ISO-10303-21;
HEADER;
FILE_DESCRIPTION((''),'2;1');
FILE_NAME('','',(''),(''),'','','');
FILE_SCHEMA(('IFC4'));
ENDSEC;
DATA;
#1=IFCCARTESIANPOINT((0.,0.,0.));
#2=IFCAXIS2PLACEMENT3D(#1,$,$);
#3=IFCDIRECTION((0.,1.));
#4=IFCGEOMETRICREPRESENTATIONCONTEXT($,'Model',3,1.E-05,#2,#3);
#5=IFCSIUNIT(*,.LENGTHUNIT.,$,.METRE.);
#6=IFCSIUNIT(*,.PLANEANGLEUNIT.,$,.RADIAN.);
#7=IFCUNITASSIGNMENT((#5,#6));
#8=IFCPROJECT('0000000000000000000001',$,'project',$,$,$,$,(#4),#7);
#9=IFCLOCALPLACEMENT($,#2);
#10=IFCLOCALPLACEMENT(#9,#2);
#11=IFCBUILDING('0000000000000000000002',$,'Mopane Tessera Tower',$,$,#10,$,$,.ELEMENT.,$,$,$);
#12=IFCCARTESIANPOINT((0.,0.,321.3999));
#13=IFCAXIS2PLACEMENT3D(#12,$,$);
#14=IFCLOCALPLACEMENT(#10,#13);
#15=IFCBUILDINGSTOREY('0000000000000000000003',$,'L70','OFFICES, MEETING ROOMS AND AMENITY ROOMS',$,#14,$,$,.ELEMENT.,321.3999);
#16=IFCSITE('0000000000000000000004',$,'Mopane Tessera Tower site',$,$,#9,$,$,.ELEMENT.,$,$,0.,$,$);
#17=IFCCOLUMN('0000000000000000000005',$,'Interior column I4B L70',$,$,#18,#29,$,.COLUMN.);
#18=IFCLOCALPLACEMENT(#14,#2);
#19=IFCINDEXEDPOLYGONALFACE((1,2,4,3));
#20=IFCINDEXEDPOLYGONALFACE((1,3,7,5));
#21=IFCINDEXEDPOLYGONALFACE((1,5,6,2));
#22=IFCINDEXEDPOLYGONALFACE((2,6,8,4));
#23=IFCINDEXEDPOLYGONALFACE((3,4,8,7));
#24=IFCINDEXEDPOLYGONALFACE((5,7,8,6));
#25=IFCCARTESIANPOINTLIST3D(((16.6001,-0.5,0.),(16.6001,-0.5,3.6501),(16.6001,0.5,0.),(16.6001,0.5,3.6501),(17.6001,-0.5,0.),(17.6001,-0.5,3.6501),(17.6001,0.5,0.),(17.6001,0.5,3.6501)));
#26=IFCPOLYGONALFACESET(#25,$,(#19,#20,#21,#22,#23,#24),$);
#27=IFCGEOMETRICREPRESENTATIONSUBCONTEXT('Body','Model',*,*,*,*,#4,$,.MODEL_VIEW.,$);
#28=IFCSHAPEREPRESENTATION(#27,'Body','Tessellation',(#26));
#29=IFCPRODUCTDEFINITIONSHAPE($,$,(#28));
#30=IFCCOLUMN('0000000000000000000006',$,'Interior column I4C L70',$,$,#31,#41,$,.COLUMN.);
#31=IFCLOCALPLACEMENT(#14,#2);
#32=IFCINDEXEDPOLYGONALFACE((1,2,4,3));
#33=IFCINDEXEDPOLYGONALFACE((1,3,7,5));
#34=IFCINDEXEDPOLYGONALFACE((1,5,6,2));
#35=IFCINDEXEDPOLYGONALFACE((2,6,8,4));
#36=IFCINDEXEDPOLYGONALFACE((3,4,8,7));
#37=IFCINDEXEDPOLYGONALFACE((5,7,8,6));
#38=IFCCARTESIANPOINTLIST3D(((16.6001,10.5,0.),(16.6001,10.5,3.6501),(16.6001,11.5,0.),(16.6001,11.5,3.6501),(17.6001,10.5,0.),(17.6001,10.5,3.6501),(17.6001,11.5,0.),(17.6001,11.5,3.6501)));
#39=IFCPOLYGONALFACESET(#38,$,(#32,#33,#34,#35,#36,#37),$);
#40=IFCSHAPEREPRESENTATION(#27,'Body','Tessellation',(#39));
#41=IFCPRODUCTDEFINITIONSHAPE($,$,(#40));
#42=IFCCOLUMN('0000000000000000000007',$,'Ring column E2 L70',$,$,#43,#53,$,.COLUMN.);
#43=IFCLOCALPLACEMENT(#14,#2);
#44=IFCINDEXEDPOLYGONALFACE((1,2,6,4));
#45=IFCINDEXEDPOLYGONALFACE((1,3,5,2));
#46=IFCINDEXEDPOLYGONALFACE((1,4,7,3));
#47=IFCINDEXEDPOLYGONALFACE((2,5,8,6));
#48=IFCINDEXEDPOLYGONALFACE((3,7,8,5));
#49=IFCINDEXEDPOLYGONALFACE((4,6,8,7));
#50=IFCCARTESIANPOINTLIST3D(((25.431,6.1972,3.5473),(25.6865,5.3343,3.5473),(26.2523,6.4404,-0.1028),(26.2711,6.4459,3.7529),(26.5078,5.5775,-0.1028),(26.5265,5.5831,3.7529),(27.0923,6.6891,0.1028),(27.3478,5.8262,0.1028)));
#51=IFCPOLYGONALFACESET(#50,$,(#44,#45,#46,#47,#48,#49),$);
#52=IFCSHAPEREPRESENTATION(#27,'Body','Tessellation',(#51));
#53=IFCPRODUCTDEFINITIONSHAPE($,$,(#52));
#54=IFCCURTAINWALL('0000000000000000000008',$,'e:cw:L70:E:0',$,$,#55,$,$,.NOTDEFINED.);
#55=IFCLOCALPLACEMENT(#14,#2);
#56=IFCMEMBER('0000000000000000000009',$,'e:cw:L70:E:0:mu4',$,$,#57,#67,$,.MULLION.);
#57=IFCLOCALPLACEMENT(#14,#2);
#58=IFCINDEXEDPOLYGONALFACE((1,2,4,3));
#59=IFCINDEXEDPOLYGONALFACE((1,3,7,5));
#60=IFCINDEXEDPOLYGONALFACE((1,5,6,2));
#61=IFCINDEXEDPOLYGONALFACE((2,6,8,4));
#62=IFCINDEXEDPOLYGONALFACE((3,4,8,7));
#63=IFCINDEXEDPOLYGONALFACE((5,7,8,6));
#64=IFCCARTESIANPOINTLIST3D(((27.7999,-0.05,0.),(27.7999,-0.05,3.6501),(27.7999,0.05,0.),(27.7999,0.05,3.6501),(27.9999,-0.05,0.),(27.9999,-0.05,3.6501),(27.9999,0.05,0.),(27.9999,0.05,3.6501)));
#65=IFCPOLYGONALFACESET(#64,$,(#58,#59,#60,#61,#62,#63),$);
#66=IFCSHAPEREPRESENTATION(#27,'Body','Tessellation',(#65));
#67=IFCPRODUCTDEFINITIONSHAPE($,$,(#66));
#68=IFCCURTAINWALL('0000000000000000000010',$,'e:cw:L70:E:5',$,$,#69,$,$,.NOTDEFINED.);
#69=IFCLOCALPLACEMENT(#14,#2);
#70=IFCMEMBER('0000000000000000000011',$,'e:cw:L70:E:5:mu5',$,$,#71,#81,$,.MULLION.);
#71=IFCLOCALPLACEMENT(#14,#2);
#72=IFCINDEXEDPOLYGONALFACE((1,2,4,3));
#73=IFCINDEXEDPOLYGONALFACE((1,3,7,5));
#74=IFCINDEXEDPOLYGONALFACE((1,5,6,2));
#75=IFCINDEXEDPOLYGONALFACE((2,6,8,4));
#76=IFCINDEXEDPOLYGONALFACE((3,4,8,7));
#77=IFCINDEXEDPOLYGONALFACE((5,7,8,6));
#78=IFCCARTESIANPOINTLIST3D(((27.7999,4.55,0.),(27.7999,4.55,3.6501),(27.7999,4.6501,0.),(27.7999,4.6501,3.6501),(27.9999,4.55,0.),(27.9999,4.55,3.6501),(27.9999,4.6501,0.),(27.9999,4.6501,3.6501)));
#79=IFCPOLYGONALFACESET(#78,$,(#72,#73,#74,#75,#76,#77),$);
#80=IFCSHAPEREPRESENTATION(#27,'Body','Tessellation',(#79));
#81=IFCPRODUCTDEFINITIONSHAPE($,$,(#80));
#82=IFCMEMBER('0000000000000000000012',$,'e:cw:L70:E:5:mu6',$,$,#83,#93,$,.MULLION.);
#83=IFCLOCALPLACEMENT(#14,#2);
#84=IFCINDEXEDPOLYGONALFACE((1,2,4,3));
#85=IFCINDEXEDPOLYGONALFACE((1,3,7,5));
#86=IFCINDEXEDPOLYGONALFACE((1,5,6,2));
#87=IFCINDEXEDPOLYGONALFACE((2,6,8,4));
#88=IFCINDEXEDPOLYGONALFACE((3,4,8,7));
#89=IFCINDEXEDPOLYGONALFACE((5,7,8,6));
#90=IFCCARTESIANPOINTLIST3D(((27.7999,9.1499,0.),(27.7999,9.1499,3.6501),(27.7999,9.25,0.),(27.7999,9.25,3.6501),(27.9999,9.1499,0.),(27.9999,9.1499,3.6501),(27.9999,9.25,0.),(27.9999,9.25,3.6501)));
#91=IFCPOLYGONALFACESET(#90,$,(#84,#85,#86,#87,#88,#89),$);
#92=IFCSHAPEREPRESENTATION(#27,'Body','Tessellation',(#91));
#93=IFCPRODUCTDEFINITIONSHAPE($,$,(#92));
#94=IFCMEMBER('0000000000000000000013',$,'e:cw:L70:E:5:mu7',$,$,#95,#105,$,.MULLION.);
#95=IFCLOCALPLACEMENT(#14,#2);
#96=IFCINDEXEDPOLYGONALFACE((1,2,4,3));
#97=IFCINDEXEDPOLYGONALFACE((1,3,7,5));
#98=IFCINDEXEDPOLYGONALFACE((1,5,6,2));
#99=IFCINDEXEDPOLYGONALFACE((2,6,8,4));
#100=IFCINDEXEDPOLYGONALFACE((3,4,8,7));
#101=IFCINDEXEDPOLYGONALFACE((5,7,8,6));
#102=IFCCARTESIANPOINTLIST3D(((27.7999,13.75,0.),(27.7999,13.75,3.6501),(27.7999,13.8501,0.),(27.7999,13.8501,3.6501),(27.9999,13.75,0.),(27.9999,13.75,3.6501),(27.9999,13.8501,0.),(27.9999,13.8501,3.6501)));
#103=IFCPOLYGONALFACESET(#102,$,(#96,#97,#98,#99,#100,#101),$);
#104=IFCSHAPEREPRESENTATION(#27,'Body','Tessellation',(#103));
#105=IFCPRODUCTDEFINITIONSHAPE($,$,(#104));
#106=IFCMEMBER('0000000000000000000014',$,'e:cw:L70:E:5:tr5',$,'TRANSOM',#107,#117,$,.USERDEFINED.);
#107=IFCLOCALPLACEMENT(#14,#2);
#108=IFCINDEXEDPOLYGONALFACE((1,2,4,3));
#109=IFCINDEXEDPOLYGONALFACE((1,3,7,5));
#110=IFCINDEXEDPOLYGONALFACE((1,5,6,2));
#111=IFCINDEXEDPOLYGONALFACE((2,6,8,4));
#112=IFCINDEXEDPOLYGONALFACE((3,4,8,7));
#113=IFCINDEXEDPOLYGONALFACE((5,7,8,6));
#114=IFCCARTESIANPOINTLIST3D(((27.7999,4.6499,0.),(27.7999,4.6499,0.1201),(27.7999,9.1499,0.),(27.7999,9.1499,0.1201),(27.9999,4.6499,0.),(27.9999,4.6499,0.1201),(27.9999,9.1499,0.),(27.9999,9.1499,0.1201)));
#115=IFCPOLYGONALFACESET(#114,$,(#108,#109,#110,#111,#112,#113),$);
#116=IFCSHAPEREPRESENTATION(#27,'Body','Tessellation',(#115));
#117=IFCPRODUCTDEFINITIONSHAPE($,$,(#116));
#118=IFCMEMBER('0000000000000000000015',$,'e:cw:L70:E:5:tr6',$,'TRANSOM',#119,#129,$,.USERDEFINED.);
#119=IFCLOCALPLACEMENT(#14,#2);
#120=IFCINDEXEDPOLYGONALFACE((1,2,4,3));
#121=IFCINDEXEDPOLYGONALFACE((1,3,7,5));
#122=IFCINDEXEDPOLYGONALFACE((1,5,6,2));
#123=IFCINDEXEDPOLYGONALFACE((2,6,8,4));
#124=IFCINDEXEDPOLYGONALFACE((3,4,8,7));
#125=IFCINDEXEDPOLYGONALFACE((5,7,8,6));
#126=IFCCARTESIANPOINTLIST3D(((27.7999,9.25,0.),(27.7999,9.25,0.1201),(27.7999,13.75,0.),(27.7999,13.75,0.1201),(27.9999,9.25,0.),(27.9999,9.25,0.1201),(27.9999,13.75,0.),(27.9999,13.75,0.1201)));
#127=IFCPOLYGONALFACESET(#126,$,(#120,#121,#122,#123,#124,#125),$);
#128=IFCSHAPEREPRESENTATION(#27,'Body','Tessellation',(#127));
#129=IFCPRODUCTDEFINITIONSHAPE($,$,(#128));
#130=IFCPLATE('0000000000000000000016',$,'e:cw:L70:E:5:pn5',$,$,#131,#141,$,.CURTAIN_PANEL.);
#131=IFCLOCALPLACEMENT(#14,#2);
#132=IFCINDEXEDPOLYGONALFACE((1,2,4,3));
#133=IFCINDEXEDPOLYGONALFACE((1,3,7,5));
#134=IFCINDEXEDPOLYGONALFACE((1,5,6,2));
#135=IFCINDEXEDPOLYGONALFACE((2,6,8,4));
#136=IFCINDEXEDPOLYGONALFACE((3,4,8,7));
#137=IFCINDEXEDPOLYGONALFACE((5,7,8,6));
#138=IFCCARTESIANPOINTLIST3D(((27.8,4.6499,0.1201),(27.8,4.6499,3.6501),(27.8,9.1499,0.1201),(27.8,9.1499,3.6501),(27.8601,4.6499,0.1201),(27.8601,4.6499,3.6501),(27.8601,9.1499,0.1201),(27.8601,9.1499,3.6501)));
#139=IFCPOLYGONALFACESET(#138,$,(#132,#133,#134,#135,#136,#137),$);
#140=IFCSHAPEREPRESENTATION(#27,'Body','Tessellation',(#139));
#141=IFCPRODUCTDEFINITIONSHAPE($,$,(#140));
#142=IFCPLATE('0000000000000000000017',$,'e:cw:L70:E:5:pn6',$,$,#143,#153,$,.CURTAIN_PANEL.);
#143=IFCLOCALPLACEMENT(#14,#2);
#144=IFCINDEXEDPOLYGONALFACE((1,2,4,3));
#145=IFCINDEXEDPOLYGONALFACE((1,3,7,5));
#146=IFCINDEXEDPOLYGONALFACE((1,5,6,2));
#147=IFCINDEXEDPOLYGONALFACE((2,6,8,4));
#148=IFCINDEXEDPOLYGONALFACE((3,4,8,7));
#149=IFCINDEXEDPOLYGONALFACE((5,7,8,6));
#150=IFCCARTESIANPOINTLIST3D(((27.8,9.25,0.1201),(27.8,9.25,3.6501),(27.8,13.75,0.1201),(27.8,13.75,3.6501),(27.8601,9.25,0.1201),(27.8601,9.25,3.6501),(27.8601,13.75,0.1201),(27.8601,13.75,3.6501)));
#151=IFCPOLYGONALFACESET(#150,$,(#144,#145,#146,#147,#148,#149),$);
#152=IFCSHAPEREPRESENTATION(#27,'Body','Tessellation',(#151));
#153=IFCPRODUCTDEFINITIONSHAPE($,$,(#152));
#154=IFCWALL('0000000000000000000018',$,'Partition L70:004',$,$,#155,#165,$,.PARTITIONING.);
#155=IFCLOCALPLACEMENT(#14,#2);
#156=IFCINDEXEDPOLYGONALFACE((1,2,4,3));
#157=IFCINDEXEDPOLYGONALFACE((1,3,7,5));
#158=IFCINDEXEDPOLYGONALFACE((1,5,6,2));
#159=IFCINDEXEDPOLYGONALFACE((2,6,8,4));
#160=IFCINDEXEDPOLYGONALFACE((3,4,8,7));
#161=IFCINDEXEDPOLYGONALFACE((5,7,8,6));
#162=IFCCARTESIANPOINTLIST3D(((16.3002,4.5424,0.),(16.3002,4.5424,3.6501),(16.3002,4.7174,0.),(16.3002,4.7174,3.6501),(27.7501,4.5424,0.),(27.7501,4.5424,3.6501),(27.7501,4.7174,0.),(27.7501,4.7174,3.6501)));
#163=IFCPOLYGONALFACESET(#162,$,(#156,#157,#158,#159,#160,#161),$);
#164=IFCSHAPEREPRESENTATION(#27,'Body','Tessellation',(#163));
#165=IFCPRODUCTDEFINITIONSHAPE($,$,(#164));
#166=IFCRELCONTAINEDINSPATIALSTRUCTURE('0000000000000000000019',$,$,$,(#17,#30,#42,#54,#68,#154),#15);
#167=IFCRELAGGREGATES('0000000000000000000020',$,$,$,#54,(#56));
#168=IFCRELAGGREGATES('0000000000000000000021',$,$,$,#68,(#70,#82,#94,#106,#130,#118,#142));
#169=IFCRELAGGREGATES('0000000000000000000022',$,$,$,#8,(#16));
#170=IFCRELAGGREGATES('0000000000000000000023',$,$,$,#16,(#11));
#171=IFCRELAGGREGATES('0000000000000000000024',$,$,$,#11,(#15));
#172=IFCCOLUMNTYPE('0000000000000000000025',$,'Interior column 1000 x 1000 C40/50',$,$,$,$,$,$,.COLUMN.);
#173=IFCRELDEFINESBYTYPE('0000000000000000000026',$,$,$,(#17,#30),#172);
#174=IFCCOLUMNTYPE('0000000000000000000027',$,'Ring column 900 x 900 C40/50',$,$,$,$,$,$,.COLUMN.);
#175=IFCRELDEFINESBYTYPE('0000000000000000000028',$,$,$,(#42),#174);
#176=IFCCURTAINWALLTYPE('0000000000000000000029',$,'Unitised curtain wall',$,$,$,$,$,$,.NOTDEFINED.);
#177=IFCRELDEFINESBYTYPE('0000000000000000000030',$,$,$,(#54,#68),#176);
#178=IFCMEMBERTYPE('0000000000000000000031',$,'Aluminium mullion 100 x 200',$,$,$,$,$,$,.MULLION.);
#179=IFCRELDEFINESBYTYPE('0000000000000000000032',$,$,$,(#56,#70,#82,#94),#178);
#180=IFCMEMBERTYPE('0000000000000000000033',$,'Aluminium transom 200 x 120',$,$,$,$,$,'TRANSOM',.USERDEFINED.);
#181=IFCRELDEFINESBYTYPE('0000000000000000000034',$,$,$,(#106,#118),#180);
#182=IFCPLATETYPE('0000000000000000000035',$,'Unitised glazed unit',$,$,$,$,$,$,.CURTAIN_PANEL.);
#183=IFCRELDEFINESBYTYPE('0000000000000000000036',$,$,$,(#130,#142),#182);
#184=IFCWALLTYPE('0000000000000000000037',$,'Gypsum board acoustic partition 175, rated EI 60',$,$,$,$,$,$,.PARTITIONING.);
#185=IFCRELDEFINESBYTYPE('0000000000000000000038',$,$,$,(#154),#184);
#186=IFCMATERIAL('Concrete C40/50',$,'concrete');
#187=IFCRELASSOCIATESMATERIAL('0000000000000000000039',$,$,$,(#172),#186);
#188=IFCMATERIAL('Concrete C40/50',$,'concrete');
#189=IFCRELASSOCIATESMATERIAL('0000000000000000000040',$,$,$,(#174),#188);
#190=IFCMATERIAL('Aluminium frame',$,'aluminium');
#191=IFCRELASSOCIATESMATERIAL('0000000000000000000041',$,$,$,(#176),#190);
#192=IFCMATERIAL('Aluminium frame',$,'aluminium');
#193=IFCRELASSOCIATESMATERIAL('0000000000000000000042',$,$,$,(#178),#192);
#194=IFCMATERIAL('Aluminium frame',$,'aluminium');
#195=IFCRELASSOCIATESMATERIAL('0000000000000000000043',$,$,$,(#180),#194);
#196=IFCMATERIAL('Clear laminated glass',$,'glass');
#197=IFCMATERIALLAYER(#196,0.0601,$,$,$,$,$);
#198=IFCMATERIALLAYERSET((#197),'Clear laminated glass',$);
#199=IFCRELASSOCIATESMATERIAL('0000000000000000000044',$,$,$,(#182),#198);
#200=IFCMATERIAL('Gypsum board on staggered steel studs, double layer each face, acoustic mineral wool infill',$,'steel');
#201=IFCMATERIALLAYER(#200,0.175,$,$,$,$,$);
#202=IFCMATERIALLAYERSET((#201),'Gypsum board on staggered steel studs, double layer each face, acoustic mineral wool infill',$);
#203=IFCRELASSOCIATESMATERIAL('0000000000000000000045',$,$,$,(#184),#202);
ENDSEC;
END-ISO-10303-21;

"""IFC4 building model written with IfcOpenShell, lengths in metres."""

from ifc_helpers import new_model, si_unit, direction, frame, frame_2d, origin, origin_2d, place, context, subcontext, project, spatial, rectangle, extrude, material, layer, layer_set, material_profile, profile_set, type_object, element, aggregate, save


model = new_model("IFC4")

# Units and contexts
model_context = context("Model", 3, precision=1e-05, world=origin(), true_north=direction((0.0, 1.0)))
body_context = subcontext(model_context, "Body", "Model", "MODEL_VIEW")
ifc_project = project(units=[si_unit("LENGTHUNIT", "METRE"), si_unit("PLANEANGLEUNIT", "RADIAN")], contexts=[model_context])

# Site, building, storey
site_placement = place(None, origin())
site = spatial("IfcSite", under=ifc_project, at=site_placement, Name="Mopane Tessera Tower site", CompositionType="ELEMENT", RefElevation=0.0)
building_placement = place(site_placement, origin())
building = spatial("IfcBuilding", under=site, at=building_placement, Name="Mopane Tessera Tower", CompositionType="ELEMENT")
storey_placement = place(building_placement, frame((0.0, 0.0, 321.3999)))
storey = spatial("IfcBuildingStorey", under=building, at=storey_placement, Name="L70", Description="OFFICES, MEETING ROOMS AND AMENITY ROOMS", CompositionType="ELEMENT", Elevation=321.3999)

# Columns
ifc_material_1 = material(Name="Concrete C40/50", Category="concrete")
ifc_material_profile_1 = material_profile(ifc_material_1, rectangle(XDim=1.0, YDim=1.0, at=origin_2d()))
ifc_profile_set_1 = profile_set([ifc_material_profile_1], Name="Concrete C40/50")
column_type_1 = type_object("IfcColumnType", Name="Interior column 1000 x 1000 C40/50", PredefinedType="COLUMN", material=ifc_profile_set_1)
for number, where, z_axis, x_axis, name in (
    (1, (17.1001, 0.0, 0.0), (0.0, 0.0, 1.0), (1.0, 0.0, 0.0), "Interior column I4B L70"),
    (2, (17.1001, 11.0, 0.0), (0.0, 0.0, 1.0), (1.0, 0.0, 0.0), "Interior column I4C L70"),
):
    element("IfcColumn", number, at=place(storey_placement, frame(where, z_axis=z_axis, x_axis=x_axis)), inside=storey, type_object=column_type_1, Name=name, PredefinedType="COLUMN", context=body_context, shape_type="SweptSolid", body=[
        extrude(rectangle(XDim=1.0, YDim=1.0, at=origin_2d()), origin(), (0.0, 0.0, 1.0), 3.6501),
    ])
ifc_material_2 = material(Name="Concrete C40/50", Category="concrete")
ifc_material_profile_2 = material_profile(ifc_material_2, rectangle(XDim=0.8999, YDim=0.8999, at=origin_2d()))
ifc_profile_set_2 = profile_set([ifc_material_profile_2], Name="Concrete C40/50")
column_type_2 = type_object("IfcColumnType", Name="Ring column 900 x 900 C40/50", PredefinedType="COLUMN", material=ifc_profile_set_2)
column_placement = place(storey_placement, frame((26.8, 6.1333, 0.0), z_axis=(-0.219052, -0.064856, 0.973555), x_axis=(0.283894, -0.958856, 0.0)))
element("IfcColumn", 3, at=column_placement, inside=storey, type_object=column_type_2, Name="Ring column E2 L70", PredefinedType="COLUMN", context=body_context, shape_type="SweptSolid", body=[
    extrude(rectangle(XDim=0.8999, YDim=0.8999, at=origin_2d()), origin(), (0.0, 0.0, 1.0), 3.7493),
])

# Curtain wall, member
ifc_material_3 = material(Name="Aluminium frame", Category="aluminium")
curtain_wall_type = type_object("IfcCurtainWallType", Name="Unitised curtain wall", PredefinedType="NOTDEFINED", material=ifc_material_3)
curtain_wall_1_placement = place(storey_placement, origin())
curtain_wall_1 = element("IfcCurtainWall", 4, at=curtain_wall_1_placement, inside=storey, type_object=curtain_wall_type, Name="e:cw:L70:E:0", PredefinedType="NOTDEFINED")
ifc_material_4 = material(Name="Aluminium frame", Category="aluminium")
ifc_material_profile_3 = material_profile(ifc_material_4, rectangle(XDim=0.1001, YDim=0.2, at=origin_2d()))
ifc_profile_set_3 = profile_set([ifc_material_profile_3], Name="Aluminium frame")
member_type_1 = type_object("IfcMemberType", Name="Aluminium mullion 100 x 200", PredefinedType="MULLION", material=ifc_profile_set_3)
member_1_placement = place(storey_placement, frame((27.8999, 0.0, 0.0), z_axis=(0.0, 0.0, 1.0), x_axis=(0.0, 1.0, 0.0)))
member_1 = element("IfcMember", 5, at=member_1_placement, type_object=member_type_1, Name="e:cw:L70:E:0:mu4", PredefinedType="MULLION", context=body_context, shape_type="SweptSolid", body=[
    extrude(rectangle(XDim=0.1001, YDim=0.2, at=origin_2d()), origin(), (0.0, 0.0, 1.0), 3.6501),
])
aggregate(curtain_wall_1, [member_1])

# Curtain wall, members, plates
curtain_wall_2_placement = place(storey_placement, origin())
curtain_wall_2 = element("IfcCurtainWall", 6, at=curtain_wall_2_placement, inside=storey, type_object=curtain_wall_type, Name="e:cw:L70:E:5", PredefinedType="NOTDEFINED")
member_2_placement = place(storey_placement, frame((27.8999, 4.6001, 0.0), z_axis=(0.0, 0.0, 1.0), x_axis=(0.0, 1.0, 0.0)))
member_2 = element("IfcMember", 7, at=member_2_placement, type_object=member_type_1, Name="e:cw:L70:E:5:mu5", PredefinedType="MULLION", context=body_context, shape_type="SweptSolid", body=[
    extrude(rectangle(XDim=0.1001, YDim=0.2, at=origin_2d()), origin(), (0.0, 0.0, 1.0), 3.6501),
])
member_3_placement = place(storey_placement, frame((27.8999, 9.2, 0.0), z_axis=(0.0, 0.0, 1.0), x_axis=(0.0, 1.0, 0.0)))
member_3 = element("IfcMember", 8, at=member_3_placement, type_object=member_type_1, Name="e:cw:L70:E:5:mu6", PredefinedType="MULLION", context=body_context, shape_type="SweptSolid", body=[
    extrude(rectangle(XDim=0.1001, YDim=0.2, at=origin_2d()), origin(), (0.0, 0.0, 1.0), 3.6501),
])
member_4_placement = place(storey_placement, frame((27.8999, 13.8, 0.0), z_axis=(0.0, 0.0, 1.0), x_axis=(0.0, 1.0, 0.0)))
member_4 = element("IfcMember", 9, at=member_4_placement, type_object=member_type_1, Name="e:cw:L70:E:5:mu7", PredefinedType="MULLION", context=body_context, shape_type="SweptSolid", body=[
    extrude(rectangle(XDim=0.1001, YDim=0.2, at=origin_2d()), origin(), (0.0, 0.0, 1.0), 3.6501),
])
ifc_material_5 = material(Name="Aluminium frame", Category="aluminium")
ifc_material_profile_4 = material_profile(ifc_material_5, rectangle(XDim=0.2, YDim=0.1201, at=origin_2d()))
ifc_profile_set_4 = profile_set([ifc_material_profile_4], Name="Aluminium frame")
member_type_2 = type_object("IfcMemberType", Name="Aluminium transom 200 x 120", ElementType="TRANSOM", PredefinedType="USERDEFINED", material=ifc_profile_set_4)
member_5_placement = place(storey_placement, frame((27.8999, 4.6499, 0.0601), z_axis=(0.0, 1.0, 0.0), x_axis=(-1.0, 0.0, 0.0)))
member_5 = element("IfcMember", 10, at=member_5_placement, type_object=member_type_2, Name="e:cw:L70:E:5:tr5", ObjectType="TRANSOM", PredefinedType="USERDEFINED", context=body_context, shape_type="SweptSolid", body=[
    extrude(rectangle(XDim=0.2, YDim=0.1201, at=origin_2d()), origin(), (0.0, 0.0, 1.0), 4.5),
])
member_6_placement = place(storey_placement, frame((27.8999, 9.25, 0.0601), z_axis=(0.0, 1.0, 0.0), x_axis=(-1.0, 0.0, 0.0)))
member_6 = element("IfcMember", 11, at=member_6_placement, type_object=member_type_2, Name="e:cw:L70:E:5:tr6", ObjectType="TRANSOM", PredefinedType="USERDEFINED", context=body_context, shape_type="SweptSolid", body=[
    extrude(rectangle(XDim=0.2, YDim=0.1201, at=origin_2d()), origin(), (0.0, 0.0, 1.0), 4.5),
])
ifc_material_6 = material(Name="Clear laminated glass", Category="glass")
ifc_layer_1 = layer(ifc_material_6, 0.0601)
ifc_layer_set_1 = layer_set([ifc_layer_1], Name="Clear laminated glass")
plate_type = type_object("IfcPlateType", Name="Unitised glazed unit", PredefinedType="CURTAIN_PANEL", material=ifc_layer_set_1)
plate_1_placement = place(storey_placement, frame((27.8301, 6.8999, 0.1201), z_axis=(0.0, 0.0, 1.0), x_axis=(0.0, 1.0, 0.0)))
plate_1 = element("IfcPlate", 12, at=plate_1_placement, type_object=plate_type, Name="e:cw:L70:E:5:pn5", PredefinedType="CURTAIN_PANEL", context=body_context, shape_type="SweptSolid", body=[
    extrude(rectangle(XDim=4.5, YDim=0.0601, at=origin_2d()), origin(), (0.0, 0.0, 1.0), 3.53),
])
plate_2_placement = place(storey_placement, frame((27.8301, 11.5, 0.1201), z_axis=(0.0, 0.0, 1.0), x_axis=(0.0, 1.0, 0.0)))
plate_2 = element("IfcPlate", 13, at=plate_2_placement, type_object=plate_type, Name="e:cw:L70:E:5:pn6", PredefinedType="CURTAIN_PANEL", context=body_context, shape_type="SweptSolid", body=[
    extrude(rectangle(XDim=4.5, YDim=0.0601, at=origin_2d()), origin(), (0.0, 0.0, 1.0), 3.53),
])
aggregate(curtain_wall_2, [member_2, member_3, member_4, member_5, plate_1, member_6, plate_2])

# Wall
ifc_material_7 = material(Name="Gypsum board on staggered steel studs, double layer each face, acoustic mineral wool infill", Category="steel")
ifc_layer_2 = layer(ifc_material_7, 0.175)
ifc_layer_set_2 = layer_set([ifc_layer_2], Name="Gypsum board on staggered steel studs, double layer each face, acoustic mineral wool infill")
wall_type_1 = type_object("IfcWallType", Name="Gypsum board acoustic partition 175, rated EI 60", PredefinedType="PARTITIONING", material=ifc_layer_set_2)
wall_1_placement = place(storey_placement, frame((16.3, 4.6299, 0.0), z_axis=(0.0, 0.0, 1.0), x_axis=(1.0, 0.0, 0.0)))
element("IfcWall", 14, at=wall_1_placement, inside=storey, type_object=wall_type_1, Name="Partition L70:004", PredefinedType="PARTITIONING", context=body_context, shape_type="SweptSolid", body=[
    extrude(rectangle(XDim=11.45, YDim=0.175, at=frame_2d((5.7251, 0.0))), origin(), (0.0, 0.0, 1.0), 3.6501),
])

save(model, "model.ifc")
